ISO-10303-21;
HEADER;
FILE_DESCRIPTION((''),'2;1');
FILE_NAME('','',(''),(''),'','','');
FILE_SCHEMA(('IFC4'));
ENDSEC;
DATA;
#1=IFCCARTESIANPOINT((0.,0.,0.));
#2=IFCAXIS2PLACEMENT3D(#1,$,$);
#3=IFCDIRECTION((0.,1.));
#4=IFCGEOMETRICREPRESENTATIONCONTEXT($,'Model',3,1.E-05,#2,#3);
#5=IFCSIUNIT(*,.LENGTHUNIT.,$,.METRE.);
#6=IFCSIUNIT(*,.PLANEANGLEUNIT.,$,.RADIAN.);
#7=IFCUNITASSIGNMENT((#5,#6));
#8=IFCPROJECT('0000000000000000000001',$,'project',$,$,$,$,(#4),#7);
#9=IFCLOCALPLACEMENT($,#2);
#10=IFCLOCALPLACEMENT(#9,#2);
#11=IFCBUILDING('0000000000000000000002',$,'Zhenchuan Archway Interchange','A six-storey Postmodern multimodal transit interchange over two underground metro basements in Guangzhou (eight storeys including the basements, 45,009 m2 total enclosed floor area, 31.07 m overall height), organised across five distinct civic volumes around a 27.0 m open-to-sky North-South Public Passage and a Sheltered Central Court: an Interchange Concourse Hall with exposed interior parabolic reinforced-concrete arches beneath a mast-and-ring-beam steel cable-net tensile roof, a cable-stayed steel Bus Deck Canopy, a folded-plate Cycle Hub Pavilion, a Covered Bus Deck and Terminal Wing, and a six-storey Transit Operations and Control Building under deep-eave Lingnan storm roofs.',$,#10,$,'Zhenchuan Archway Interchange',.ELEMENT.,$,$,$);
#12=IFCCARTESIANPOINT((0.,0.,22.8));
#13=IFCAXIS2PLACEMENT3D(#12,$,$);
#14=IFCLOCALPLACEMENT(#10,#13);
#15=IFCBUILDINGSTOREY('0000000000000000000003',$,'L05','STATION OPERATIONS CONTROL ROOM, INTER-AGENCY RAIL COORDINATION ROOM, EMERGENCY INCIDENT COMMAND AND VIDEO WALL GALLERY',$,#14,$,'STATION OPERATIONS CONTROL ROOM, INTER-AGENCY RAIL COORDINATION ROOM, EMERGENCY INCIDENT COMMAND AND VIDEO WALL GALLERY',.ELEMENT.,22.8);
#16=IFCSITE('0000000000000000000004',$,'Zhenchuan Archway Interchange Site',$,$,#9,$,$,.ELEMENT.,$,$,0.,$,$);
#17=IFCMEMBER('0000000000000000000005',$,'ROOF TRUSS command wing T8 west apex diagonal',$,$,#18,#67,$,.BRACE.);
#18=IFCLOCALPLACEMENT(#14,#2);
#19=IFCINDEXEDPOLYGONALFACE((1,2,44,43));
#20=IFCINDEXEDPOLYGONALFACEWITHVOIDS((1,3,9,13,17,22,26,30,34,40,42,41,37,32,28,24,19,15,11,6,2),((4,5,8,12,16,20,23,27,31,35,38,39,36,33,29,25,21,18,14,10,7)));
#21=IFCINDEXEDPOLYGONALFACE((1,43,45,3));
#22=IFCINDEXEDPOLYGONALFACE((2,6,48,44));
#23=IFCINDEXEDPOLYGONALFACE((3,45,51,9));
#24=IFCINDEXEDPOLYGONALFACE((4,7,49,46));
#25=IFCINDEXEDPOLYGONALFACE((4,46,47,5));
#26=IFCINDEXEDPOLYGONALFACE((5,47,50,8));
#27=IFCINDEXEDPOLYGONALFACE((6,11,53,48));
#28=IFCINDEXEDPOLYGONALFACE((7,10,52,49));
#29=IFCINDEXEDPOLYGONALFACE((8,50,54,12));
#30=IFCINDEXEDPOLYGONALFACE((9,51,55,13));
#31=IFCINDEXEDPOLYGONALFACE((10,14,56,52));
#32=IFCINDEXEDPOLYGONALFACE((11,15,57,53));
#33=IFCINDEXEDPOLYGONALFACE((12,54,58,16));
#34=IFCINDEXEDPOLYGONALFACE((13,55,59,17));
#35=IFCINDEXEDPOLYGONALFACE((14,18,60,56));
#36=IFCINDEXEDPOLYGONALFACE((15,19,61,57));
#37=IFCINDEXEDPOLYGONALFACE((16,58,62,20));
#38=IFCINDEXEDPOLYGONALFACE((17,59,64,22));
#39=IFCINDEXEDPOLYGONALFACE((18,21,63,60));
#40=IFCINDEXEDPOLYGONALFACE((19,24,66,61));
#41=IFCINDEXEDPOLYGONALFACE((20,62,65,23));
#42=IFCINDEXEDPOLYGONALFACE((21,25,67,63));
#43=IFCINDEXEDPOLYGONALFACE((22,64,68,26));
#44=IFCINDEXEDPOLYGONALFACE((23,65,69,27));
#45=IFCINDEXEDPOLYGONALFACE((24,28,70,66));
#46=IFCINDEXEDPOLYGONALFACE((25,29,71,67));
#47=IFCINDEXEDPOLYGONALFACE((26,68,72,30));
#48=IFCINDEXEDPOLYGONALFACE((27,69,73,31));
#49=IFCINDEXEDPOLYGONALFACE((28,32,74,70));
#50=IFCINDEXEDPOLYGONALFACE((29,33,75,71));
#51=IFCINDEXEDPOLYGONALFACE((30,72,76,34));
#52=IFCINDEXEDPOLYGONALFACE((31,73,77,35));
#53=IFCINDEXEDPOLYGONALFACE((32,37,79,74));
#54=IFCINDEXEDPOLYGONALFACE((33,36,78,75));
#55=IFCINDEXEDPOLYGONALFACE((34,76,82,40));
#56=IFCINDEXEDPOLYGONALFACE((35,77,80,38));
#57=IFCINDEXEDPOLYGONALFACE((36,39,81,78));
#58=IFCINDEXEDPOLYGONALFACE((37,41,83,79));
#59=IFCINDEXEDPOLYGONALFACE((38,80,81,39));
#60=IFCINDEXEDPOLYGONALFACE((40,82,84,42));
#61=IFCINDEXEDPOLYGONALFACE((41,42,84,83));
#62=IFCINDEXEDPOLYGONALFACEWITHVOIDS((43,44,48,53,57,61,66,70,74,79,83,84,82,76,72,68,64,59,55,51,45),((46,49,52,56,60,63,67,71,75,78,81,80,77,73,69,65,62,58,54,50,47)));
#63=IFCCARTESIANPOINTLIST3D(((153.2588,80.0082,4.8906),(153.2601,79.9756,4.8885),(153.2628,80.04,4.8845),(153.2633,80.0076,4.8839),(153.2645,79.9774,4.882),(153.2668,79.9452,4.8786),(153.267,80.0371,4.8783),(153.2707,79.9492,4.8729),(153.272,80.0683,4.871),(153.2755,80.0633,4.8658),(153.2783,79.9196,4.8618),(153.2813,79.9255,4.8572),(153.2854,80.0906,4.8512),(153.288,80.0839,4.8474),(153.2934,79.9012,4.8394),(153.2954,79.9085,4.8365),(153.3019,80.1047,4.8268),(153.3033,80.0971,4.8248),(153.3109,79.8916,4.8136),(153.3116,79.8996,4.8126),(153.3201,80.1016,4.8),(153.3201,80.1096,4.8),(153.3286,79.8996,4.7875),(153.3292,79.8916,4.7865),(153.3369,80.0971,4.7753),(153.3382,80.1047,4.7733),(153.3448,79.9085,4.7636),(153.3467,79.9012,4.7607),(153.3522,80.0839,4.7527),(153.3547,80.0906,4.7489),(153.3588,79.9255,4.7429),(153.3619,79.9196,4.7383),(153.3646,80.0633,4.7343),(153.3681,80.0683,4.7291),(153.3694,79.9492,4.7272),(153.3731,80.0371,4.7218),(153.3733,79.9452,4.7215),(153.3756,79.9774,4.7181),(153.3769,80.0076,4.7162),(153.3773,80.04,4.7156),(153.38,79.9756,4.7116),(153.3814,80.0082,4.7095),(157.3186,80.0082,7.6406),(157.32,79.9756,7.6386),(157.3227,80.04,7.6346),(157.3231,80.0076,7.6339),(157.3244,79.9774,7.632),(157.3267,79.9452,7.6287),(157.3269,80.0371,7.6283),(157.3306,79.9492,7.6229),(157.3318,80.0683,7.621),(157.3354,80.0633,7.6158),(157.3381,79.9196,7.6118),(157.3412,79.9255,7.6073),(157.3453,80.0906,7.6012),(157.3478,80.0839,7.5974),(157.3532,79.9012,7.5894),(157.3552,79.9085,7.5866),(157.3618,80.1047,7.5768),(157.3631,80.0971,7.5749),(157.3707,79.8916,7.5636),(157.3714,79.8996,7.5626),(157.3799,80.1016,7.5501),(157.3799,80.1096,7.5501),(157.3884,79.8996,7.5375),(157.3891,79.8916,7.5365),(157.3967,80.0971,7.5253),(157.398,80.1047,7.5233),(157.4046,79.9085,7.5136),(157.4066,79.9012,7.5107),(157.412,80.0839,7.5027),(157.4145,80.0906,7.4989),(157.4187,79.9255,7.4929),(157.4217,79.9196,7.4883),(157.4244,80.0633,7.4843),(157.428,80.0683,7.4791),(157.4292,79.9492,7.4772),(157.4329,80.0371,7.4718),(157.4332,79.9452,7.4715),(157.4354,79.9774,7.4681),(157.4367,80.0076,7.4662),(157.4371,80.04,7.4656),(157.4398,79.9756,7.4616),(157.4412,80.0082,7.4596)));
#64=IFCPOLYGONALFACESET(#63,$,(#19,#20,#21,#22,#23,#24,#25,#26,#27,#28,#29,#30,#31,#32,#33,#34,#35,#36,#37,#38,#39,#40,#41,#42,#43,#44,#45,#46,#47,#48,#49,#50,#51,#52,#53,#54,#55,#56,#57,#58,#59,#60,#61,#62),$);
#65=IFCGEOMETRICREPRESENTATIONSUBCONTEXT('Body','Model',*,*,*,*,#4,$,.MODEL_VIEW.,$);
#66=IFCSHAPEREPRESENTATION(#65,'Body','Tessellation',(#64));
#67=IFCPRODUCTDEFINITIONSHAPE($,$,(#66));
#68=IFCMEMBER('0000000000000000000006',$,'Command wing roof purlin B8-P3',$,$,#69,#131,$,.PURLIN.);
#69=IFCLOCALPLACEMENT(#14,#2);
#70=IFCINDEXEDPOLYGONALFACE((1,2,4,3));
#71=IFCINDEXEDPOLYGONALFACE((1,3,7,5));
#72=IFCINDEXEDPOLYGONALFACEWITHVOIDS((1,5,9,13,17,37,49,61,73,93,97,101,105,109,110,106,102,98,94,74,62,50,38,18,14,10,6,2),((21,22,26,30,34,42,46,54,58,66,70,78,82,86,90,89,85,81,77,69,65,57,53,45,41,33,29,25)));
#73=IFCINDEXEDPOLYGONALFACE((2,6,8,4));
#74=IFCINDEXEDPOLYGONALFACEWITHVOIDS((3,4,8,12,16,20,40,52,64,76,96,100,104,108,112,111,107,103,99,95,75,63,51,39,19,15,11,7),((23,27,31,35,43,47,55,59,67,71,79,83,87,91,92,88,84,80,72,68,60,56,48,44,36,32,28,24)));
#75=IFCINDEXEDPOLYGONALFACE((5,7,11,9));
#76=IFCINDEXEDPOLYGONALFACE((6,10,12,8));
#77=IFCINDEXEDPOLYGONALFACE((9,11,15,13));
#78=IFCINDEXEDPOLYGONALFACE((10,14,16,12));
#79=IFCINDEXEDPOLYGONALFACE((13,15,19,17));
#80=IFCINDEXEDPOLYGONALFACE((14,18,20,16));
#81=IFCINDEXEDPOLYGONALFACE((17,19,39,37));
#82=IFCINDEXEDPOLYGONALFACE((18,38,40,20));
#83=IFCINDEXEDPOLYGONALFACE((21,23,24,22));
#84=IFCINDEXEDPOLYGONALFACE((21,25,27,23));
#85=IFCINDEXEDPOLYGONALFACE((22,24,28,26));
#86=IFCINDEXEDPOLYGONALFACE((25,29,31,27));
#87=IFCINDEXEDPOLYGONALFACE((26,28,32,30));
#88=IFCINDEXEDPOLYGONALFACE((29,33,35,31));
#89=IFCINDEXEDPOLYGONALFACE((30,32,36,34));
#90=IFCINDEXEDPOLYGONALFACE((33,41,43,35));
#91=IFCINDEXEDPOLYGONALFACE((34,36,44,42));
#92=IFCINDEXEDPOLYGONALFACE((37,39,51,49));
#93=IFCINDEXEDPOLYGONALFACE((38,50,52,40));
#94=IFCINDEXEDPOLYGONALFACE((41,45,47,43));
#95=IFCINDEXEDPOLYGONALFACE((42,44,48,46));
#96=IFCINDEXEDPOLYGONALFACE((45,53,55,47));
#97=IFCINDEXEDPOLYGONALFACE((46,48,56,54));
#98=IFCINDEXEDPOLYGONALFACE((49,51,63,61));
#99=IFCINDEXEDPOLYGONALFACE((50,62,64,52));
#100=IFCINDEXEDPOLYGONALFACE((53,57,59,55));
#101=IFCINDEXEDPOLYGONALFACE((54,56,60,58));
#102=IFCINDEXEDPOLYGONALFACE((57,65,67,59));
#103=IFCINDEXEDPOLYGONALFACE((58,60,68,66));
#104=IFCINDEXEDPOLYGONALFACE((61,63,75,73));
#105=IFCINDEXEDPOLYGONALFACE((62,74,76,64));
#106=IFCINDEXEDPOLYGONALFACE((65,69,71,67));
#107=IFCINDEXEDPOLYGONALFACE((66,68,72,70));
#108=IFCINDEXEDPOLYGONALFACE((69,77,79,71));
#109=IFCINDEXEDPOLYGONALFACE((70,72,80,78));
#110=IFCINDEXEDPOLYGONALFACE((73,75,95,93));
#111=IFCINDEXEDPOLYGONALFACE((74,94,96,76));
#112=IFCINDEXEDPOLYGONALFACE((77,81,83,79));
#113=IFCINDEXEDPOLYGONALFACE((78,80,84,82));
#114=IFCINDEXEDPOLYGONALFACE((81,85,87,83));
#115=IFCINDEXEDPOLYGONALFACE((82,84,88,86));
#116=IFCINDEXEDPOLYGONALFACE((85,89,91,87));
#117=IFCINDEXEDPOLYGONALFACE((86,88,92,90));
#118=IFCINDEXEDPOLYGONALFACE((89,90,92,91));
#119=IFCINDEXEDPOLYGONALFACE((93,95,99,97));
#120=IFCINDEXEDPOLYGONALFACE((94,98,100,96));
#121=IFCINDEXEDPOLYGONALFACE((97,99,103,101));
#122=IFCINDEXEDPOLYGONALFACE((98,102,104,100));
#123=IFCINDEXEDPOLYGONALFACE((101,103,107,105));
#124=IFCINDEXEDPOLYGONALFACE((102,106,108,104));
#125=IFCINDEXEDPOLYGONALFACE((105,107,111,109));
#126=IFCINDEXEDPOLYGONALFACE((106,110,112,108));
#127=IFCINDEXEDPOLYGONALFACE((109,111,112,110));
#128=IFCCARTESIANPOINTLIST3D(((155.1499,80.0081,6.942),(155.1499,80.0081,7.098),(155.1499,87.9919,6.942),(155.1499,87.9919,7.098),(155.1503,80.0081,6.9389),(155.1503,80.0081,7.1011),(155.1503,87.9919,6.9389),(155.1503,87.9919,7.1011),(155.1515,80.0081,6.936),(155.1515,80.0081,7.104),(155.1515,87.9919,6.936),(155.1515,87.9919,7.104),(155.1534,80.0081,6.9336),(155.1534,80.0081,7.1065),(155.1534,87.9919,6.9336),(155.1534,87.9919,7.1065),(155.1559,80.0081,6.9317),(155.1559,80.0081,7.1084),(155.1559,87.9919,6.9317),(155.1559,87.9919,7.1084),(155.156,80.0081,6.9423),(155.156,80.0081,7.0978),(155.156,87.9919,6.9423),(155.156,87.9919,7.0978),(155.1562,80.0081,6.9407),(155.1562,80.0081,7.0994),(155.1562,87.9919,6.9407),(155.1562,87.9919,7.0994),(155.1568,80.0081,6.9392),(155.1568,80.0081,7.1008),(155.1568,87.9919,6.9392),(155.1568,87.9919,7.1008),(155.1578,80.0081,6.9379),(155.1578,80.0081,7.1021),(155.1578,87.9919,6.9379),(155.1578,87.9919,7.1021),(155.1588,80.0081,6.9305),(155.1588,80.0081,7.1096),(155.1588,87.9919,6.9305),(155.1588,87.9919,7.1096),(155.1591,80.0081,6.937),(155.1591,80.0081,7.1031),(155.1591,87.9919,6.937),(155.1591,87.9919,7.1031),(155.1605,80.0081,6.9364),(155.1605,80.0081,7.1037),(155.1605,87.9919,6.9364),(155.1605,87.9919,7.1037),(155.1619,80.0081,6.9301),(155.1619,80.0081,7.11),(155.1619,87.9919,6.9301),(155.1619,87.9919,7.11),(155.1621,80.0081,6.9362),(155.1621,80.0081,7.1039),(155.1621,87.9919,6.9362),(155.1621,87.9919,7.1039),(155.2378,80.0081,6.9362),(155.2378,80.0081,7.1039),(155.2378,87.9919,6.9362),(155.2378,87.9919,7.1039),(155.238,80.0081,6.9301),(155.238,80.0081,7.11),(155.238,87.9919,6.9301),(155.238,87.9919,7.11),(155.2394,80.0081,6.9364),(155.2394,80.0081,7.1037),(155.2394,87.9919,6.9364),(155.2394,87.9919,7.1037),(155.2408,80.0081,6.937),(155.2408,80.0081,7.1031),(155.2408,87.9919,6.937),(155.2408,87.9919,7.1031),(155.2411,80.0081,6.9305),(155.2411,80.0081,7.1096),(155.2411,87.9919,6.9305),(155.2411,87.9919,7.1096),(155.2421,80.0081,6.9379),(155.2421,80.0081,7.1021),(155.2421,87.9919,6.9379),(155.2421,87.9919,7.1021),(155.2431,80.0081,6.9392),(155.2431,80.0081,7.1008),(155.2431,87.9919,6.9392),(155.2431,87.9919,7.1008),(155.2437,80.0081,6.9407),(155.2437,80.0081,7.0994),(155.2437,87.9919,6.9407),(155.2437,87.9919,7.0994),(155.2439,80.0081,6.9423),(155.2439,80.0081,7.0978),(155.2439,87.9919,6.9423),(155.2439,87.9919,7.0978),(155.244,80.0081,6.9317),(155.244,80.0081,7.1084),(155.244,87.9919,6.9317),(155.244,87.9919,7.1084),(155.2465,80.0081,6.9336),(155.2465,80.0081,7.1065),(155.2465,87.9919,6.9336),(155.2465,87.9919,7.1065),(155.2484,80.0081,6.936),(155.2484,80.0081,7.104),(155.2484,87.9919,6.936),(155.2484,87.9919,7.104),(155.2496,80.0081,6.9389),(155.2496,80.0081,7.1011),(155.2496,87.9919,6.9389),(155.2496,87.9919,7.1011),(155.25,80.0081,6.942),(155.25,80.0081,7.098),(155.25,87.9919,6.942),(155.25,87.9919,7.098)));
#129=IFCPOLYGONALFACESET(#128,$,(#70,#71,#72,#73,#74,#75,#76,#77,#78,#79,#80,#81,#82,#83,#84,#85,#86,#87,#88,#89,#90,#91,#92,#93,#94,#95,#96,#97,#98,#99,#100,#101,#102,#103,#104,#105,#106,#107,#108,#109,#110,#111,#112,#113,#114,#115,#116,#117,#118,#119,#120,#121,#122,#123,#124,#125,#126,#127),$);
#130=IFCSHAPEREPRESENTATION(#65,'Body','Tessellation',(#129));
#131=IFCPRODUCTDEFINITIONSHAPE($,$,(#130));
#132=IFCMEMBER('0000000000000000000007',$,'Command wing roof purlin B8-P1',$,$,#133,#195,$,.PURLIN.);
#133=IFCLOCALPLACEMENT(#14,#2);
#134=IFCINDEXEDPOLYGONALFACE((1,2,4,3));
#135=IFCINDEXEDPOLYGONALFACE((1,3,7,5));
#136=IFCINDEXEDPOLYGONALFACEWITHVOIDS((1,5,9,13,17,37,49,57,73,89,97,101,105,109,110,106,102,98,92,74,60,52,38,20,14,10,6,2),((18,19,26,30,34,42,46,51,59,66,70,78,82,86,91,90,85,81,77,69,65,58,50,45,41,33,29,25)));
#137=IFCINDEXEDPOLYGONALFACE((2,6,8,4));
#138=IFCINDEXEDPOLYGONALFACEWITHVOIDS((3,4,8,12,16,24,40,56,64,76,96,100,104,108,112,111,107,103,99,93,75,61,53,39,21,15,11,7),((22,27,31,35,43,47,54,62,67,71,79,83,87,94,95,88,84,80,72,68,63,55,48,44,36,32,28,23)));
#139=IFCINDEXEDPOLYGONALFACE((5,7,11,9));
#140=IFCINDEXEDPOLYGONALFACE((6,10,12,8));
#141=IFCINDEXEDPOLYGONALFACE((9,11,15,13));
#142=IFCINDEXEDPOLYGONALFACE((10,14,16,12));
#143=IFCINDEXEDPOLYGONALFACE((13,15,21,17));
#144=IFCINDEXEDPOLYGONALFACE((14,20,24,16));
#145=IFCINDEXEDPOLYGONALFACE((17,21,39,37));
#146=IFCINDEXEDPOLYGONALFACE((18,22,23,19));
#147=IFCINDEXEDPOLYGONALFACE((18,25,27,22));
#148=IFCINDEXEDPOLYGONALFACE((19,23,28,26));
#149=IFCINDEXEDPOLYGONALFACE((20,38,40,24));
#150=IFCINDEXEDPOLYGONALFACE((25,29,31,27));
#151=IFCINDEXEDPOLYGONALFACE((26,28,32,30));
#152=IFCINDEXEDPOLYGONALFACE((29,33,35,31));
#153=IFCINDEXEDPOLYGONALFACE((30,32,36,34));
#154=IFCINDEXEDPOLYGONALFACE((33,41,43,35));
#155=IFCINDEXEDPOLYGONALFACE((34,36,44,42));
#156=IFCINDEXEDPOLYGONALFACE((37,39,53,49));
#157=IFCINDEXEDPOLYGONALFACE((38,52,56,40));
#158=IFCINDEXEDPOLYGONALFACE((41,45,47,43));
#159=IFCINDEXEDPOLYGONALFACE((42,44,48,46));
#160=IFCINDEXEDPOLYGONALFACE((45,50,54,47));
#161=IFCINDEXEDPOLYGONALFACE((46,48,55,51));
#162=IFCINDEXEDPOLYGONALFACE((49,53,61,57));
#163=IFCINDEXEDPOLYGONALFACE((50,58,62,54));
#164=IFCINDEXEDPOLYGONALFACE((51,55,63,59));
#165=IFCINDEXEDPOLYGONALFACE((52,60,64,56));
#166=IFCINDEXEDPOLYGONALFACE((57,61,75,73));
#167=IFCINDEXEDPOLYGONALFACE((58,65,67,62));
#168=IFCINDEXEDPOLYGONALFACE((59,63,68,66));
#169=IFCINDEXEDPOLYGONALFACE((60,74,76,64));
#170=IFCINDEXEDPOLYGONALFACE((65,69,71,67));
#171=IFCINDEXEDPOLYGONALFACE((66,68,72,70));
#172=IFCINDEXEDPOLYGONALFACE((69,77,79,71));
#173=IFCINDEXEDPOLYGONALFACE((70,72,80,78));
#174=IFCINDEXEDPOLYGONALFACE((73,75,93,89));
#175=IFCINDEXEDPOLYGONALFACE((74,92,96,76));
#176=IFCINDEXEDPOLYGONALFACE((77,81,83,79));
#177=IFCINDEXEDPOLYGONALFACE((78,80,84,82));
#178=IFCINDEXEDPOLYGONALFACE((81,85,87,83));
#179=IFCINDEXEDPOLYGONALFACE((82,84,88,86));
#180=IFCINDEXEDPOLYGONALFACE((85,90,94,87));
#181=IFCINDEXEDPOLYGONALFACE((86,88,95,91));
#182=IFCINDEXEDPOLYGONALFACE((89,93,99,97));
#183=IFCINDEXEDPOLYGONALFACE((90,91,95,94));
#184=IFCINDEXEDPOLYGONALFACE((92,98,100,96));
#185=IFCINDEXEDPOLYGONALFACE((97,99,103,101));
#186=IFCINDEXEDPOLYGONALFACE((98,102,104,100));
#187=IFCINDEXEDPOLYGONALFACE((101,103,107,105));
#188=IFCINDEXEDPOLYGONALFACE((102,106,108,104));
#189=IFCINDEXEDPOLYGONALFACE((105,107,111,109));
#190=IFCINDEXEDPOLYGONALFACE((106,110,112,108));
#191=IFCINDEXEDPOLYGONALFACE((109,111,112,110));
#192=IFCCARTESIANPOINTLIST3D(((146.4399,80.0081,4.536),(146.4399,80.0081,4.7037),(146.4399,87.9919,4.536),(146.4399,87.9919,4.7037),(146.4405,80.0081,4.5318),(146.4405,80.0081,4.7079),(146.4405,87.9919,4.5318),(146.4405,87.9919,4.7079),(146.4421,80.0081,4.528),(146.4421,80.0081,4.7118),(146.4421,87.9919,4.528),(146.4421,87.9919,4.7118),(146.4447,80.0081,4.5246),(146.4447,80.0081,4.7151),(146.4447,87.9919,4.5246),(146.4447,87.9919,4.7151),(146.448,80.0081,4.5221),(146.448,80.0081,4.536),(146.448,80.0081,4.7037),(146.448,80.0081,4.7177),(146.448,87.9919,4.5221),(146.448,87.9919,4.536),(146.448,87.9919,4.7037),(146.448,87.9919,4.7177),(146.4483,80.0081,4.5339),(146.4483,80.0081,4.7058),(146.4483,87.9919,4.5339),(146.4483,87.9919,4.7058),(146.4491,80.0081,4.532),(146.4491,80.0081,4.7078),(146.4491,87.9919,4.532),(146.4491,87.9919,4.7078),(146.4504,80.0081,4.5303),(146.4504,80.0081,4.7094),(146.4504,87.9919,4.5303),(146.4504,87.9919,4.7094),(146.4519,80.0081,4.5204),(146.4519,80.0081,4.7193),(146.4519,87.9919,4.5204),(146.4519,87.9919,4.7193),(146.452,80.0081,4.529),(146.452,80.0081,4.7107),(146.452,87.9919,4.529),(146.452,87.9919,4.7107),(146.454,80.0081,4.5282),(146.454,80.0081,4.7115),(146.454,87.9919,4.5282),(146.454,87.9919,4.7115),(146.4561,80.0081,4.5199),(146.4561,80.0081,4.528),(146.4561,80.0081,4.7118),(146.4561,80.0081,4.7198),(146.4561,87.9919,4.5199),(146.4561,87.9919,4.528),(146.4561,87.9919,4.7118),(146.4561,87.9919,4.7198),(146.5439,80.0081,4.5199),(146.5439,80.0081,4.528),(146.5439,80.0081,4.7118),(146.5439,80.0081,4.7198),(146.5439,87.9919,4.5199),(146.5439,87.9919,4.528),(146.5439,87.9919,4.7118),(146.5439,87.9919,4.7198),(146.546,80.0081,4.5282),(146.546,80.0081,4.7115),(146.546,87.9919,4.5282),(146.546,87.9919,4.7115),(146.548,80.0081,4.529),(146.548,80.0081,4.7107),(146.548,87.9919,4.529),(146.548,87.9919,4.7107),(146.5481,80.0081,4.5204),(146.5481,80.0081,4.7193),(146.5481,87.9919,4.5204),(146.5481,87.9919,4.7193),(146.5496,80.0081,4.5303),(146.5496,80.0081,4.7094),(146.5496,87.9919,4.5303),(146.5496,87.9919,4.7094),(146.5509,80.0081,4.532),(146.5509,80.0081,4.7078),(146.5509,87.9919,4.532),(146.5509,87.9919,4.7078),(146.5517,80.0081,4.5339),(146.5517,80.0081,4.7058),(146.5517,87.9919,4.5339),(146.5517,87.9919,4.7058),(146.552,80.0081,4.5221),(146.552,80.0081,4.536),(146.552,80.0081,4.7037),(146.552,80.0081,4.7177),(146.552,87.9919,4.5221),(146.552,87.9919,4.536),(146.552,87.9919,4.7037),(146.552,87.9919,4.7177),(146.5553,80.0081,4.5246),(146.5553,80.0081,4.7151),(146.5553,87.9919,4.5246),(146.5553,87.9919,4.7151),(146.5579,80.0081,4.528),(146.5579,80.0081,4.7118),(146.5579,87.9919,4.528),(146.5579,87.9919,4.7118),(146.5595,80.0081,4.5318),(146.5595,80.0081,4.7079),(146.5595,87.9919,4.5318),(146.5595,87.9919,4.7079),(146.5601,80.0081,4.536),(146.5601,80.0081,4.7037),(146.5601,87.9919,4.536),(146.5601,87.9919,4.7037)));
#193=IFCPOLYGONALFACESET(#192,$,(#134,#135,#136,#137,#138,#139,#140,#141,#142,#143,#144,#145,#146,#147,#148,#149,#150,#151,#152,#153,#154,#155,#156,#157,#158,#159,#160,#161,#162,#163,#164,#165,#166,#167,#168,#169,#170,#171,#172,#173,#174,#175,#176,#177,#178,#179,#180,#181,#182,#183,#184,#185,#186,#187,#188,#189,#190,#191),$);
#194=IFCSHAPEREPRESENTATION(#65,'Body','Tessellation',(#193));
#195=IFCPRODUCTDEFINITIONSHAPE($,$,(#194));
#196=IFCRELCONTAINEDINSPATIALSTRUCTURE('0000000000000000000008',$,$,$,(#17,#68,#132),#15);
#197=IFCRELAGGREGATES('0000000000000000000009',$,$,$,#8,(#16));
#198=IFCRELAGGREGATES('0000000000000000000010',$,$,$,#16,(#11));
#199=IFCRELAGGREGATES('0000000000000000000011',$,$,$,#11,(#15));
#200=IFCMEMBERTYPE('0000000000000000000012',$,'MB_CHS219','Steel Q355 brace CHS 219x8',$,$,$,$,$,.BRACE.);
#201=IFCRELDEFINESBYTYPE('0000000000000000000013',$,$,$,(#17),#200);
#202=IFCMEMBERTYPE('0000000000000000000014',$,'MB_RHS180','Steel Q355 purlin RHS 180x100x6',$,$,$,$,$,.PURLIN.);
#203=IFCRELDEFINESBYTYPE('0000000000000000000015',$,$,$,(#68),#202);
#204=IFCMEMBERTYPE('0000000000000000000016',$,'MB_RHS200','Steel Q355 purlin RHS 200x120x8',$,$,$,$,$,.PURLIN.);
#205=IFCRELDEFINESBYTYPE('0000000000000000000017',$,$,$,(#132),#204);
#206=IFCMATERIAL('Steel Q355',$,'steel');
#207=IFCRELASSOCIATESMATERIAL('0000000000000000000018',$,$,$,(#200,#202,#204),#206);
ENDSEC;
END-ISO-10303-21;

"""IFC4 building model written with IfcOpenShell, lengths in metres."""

from ifc_helpers import new_model, si_unit, direction, frame, origin, origin_2d, place, context, subcontext, project, spatial, hollow_rectangle, hollow_circle, extrude, material, material_profile, profile_set, type_object, element, save


model = new_model("IFC4")

# Units and contexts
model_context = context("Model", 3, precision=1e-05, world=origin(), true_north=direction((0.0, 1.0)))
body_context = subcontext(model_context, "Body", "Model", "MODEL_VIEW")
ifc_project = project(units=[si_unit("LENGTHUNIT", "METRE"), si_unit("PLANEANGLEUNIT", "RADIAN")], contexts=[model_context])

# Site, building, storey
site_placement = place(None, origin())
site = spatial("IfcSite", under=ifc_project, at=site_placement, Name="Zhenchuan Archway Interchange Site", CompositionType="ELEMENT", RefElevation=0.0)
building_placement = place(site_placement, origin())
building = spatial("IfcBuilding", under=site, at=building_placement, Name="Zhenchuan Archway Interchange", Description="A six-storey Postmodern multimodal transit interchange over two underground metro basements in Guangzhou (eight storeys including the basements, 45,009 m2 total enclosed floor area, 31.07 m overall height), organised across five distinct civic volumes around a 27.0 m open-to-sky North-South Public Passage and a Sheltered Central Court: an Interchange Concourse Hall with exposed interior parabolic reinforced-concrete arches beneath a mast-and-ring-beam steel cable-net tensile roof, a cable-stayed steel Bus Deck Canopy, a folded-plate Cycle Hub Pavilion, a Covered Bus Deck and Terminal Wing, and a six-storey Transit Operations and Control Building under deep-eave Lingnan storm roofs.", LongName="Zhenchuan Archway Interchange", CompositionType="ELEMENT")
storey_placement = place(building_placement, frame((0.0, 0.0, 22.8)))
storey = spatial("IfcBuildingStorey", under=building, at=storey_placement, Name="L05", Description="STATION OPERATIONS CONTROL ROOM, INTER-AGENCY RAIL COORDINATION ROOM, EMERGENCY INCIDENT COMMAND AND VIDEO WALL GALLERY", LongName="STATION OPERATIONS CONTROL ROOM, INTER-AGENCY RAIL COORDINATION ROOM, EMERGENCY INCIDENT COMMAND AND VIDEO WALL GALLERY", CompositionType="ELEMENT", Elevation=22.8)

# Shared definitions
ifc_material_1 = material(Name="Steel Q355", Category="steel")

# Members
ifc_material_profile_1 = material_profile(ifc_material_1, hollow_circle(Radius=0.1096, WallThickness=0.0081, at=origin_2d()), Name="CHS 219x8")
ifc_profile_set_1 = profile_set([ifc_material_profile_1], Name="Steel Q355")
member_type_1 = type_object("IfcMemberType", Name="MB_CHS219", Description="Steel Q355 brace CHS 219x8", PredefinedType="BRACE", material=ifc_profile_set_1)
member_1_placement = place(storey_placement, frame((153.3201, 80.0, 4.8), z_axis=(0.827937, 0.0, 0.560821), x_axis=(0.0, 1.0, 0.0)))
element("IfcMember", 1, at=member_1_placement, inside=storey, type_object=member_type_1, Name="ROOF TRUSS command wing T8 west apex diagonal", PredefinedType="BRACE", context=body_context, shape_type="SweptSolid", body=[
    extrude(hollow_circle(Radius=0.1096, WallThickness=0.0081, at=origin_2d()), origin(), (0.0, 0.0, 1.0), 4.9036),
])
ifc_material_profile_2 = material_profile(ifc_material_1, hollow_rectangle(XDim=0.1001, YDim=0.1799, WallThickness=0.0061, InnerFilletRadius=0.0061, OuterFilletRadius=0.012, at=origin_2d()), Name="RHS 180x100x6")
ifc_profile_set_2 = profile_set([ifc_material_profile_2], Name="Steel Q355")
member_type_2 = type_object("IfcMemberType", Name="MB_RHS180", Description="Steel Q355 purlin RHS 180x100x6", PredefinedType="PURLIN", material=ifc_profile_set_2)
member_2_placement = place(storey_placement, frame((155.2, 80.0081, 7.02), z_axis=(0.0, 1.0, 0.0), x_axis=(-1.0, 0.0, 0.0)))
element("IfcMember", 2, at=member_2_placement, inside=storey, type_object=member_type_2, Name="Command wing roof purlin B8-P3", PredefinedType="PURLIN", context=body_context, shape_type="SweptSolid", body=[
    extrude(hollow_rectangle(XDim=0.1001, YDim=0.1799, WallThickness=0.0061, InnerFilletRadius=0.0061, OuterFilletRadius=0.012, at=origin_2d()), origin(), (0.0, 0.0, 1.0), 7.9839),
])
ifc_material_profile_3 = material_profile(ifc_material_1, hollow_rectangle(XDim=0.1201, YDim=0.2, WallThickness=0.0081, InnerFilletRadius=0.0081, OuterFilletRadius=0.0161, at=origin_2d()), Name="RHS 200x120x8")
ifc_profile_set_3 = profile_set([ifc_material_profile_3], Name="Steel Q355")
member_type_3 = type_object("IfcMemberType", Name="MB_RHS200", Description="Steel Q355 purlin RHS 200x120x8", PredefinedType="PURLIN", material=ifc_profile_set_3)
member_3_placement = place(storey_placement, frame((146.5, 80.0081, 4.6199), z_axis=(0.0, 1.0, 0.0), x_axis=(-1.0, 0.0, 0.0)))
element("IfcMember", 3, at=member_3_placement, inside=storey, type_object=member_type_3, Name="Command wing roof purlin B8-P1", PredefinedType="PURLIN", context=body_context, shape_type="SweptSolid", body=[
    extrude(hollow_rectangle(XDim=0.1201, YDim=0.2, WallThickness=0.0081, InnerFilletRadius=0.0081, OuterFilletRadius=0.0161, at=origin_2d()), origin(), (0.0, 0.0, 1.0), 7.9839),
])

save(model, "model.ifc")
